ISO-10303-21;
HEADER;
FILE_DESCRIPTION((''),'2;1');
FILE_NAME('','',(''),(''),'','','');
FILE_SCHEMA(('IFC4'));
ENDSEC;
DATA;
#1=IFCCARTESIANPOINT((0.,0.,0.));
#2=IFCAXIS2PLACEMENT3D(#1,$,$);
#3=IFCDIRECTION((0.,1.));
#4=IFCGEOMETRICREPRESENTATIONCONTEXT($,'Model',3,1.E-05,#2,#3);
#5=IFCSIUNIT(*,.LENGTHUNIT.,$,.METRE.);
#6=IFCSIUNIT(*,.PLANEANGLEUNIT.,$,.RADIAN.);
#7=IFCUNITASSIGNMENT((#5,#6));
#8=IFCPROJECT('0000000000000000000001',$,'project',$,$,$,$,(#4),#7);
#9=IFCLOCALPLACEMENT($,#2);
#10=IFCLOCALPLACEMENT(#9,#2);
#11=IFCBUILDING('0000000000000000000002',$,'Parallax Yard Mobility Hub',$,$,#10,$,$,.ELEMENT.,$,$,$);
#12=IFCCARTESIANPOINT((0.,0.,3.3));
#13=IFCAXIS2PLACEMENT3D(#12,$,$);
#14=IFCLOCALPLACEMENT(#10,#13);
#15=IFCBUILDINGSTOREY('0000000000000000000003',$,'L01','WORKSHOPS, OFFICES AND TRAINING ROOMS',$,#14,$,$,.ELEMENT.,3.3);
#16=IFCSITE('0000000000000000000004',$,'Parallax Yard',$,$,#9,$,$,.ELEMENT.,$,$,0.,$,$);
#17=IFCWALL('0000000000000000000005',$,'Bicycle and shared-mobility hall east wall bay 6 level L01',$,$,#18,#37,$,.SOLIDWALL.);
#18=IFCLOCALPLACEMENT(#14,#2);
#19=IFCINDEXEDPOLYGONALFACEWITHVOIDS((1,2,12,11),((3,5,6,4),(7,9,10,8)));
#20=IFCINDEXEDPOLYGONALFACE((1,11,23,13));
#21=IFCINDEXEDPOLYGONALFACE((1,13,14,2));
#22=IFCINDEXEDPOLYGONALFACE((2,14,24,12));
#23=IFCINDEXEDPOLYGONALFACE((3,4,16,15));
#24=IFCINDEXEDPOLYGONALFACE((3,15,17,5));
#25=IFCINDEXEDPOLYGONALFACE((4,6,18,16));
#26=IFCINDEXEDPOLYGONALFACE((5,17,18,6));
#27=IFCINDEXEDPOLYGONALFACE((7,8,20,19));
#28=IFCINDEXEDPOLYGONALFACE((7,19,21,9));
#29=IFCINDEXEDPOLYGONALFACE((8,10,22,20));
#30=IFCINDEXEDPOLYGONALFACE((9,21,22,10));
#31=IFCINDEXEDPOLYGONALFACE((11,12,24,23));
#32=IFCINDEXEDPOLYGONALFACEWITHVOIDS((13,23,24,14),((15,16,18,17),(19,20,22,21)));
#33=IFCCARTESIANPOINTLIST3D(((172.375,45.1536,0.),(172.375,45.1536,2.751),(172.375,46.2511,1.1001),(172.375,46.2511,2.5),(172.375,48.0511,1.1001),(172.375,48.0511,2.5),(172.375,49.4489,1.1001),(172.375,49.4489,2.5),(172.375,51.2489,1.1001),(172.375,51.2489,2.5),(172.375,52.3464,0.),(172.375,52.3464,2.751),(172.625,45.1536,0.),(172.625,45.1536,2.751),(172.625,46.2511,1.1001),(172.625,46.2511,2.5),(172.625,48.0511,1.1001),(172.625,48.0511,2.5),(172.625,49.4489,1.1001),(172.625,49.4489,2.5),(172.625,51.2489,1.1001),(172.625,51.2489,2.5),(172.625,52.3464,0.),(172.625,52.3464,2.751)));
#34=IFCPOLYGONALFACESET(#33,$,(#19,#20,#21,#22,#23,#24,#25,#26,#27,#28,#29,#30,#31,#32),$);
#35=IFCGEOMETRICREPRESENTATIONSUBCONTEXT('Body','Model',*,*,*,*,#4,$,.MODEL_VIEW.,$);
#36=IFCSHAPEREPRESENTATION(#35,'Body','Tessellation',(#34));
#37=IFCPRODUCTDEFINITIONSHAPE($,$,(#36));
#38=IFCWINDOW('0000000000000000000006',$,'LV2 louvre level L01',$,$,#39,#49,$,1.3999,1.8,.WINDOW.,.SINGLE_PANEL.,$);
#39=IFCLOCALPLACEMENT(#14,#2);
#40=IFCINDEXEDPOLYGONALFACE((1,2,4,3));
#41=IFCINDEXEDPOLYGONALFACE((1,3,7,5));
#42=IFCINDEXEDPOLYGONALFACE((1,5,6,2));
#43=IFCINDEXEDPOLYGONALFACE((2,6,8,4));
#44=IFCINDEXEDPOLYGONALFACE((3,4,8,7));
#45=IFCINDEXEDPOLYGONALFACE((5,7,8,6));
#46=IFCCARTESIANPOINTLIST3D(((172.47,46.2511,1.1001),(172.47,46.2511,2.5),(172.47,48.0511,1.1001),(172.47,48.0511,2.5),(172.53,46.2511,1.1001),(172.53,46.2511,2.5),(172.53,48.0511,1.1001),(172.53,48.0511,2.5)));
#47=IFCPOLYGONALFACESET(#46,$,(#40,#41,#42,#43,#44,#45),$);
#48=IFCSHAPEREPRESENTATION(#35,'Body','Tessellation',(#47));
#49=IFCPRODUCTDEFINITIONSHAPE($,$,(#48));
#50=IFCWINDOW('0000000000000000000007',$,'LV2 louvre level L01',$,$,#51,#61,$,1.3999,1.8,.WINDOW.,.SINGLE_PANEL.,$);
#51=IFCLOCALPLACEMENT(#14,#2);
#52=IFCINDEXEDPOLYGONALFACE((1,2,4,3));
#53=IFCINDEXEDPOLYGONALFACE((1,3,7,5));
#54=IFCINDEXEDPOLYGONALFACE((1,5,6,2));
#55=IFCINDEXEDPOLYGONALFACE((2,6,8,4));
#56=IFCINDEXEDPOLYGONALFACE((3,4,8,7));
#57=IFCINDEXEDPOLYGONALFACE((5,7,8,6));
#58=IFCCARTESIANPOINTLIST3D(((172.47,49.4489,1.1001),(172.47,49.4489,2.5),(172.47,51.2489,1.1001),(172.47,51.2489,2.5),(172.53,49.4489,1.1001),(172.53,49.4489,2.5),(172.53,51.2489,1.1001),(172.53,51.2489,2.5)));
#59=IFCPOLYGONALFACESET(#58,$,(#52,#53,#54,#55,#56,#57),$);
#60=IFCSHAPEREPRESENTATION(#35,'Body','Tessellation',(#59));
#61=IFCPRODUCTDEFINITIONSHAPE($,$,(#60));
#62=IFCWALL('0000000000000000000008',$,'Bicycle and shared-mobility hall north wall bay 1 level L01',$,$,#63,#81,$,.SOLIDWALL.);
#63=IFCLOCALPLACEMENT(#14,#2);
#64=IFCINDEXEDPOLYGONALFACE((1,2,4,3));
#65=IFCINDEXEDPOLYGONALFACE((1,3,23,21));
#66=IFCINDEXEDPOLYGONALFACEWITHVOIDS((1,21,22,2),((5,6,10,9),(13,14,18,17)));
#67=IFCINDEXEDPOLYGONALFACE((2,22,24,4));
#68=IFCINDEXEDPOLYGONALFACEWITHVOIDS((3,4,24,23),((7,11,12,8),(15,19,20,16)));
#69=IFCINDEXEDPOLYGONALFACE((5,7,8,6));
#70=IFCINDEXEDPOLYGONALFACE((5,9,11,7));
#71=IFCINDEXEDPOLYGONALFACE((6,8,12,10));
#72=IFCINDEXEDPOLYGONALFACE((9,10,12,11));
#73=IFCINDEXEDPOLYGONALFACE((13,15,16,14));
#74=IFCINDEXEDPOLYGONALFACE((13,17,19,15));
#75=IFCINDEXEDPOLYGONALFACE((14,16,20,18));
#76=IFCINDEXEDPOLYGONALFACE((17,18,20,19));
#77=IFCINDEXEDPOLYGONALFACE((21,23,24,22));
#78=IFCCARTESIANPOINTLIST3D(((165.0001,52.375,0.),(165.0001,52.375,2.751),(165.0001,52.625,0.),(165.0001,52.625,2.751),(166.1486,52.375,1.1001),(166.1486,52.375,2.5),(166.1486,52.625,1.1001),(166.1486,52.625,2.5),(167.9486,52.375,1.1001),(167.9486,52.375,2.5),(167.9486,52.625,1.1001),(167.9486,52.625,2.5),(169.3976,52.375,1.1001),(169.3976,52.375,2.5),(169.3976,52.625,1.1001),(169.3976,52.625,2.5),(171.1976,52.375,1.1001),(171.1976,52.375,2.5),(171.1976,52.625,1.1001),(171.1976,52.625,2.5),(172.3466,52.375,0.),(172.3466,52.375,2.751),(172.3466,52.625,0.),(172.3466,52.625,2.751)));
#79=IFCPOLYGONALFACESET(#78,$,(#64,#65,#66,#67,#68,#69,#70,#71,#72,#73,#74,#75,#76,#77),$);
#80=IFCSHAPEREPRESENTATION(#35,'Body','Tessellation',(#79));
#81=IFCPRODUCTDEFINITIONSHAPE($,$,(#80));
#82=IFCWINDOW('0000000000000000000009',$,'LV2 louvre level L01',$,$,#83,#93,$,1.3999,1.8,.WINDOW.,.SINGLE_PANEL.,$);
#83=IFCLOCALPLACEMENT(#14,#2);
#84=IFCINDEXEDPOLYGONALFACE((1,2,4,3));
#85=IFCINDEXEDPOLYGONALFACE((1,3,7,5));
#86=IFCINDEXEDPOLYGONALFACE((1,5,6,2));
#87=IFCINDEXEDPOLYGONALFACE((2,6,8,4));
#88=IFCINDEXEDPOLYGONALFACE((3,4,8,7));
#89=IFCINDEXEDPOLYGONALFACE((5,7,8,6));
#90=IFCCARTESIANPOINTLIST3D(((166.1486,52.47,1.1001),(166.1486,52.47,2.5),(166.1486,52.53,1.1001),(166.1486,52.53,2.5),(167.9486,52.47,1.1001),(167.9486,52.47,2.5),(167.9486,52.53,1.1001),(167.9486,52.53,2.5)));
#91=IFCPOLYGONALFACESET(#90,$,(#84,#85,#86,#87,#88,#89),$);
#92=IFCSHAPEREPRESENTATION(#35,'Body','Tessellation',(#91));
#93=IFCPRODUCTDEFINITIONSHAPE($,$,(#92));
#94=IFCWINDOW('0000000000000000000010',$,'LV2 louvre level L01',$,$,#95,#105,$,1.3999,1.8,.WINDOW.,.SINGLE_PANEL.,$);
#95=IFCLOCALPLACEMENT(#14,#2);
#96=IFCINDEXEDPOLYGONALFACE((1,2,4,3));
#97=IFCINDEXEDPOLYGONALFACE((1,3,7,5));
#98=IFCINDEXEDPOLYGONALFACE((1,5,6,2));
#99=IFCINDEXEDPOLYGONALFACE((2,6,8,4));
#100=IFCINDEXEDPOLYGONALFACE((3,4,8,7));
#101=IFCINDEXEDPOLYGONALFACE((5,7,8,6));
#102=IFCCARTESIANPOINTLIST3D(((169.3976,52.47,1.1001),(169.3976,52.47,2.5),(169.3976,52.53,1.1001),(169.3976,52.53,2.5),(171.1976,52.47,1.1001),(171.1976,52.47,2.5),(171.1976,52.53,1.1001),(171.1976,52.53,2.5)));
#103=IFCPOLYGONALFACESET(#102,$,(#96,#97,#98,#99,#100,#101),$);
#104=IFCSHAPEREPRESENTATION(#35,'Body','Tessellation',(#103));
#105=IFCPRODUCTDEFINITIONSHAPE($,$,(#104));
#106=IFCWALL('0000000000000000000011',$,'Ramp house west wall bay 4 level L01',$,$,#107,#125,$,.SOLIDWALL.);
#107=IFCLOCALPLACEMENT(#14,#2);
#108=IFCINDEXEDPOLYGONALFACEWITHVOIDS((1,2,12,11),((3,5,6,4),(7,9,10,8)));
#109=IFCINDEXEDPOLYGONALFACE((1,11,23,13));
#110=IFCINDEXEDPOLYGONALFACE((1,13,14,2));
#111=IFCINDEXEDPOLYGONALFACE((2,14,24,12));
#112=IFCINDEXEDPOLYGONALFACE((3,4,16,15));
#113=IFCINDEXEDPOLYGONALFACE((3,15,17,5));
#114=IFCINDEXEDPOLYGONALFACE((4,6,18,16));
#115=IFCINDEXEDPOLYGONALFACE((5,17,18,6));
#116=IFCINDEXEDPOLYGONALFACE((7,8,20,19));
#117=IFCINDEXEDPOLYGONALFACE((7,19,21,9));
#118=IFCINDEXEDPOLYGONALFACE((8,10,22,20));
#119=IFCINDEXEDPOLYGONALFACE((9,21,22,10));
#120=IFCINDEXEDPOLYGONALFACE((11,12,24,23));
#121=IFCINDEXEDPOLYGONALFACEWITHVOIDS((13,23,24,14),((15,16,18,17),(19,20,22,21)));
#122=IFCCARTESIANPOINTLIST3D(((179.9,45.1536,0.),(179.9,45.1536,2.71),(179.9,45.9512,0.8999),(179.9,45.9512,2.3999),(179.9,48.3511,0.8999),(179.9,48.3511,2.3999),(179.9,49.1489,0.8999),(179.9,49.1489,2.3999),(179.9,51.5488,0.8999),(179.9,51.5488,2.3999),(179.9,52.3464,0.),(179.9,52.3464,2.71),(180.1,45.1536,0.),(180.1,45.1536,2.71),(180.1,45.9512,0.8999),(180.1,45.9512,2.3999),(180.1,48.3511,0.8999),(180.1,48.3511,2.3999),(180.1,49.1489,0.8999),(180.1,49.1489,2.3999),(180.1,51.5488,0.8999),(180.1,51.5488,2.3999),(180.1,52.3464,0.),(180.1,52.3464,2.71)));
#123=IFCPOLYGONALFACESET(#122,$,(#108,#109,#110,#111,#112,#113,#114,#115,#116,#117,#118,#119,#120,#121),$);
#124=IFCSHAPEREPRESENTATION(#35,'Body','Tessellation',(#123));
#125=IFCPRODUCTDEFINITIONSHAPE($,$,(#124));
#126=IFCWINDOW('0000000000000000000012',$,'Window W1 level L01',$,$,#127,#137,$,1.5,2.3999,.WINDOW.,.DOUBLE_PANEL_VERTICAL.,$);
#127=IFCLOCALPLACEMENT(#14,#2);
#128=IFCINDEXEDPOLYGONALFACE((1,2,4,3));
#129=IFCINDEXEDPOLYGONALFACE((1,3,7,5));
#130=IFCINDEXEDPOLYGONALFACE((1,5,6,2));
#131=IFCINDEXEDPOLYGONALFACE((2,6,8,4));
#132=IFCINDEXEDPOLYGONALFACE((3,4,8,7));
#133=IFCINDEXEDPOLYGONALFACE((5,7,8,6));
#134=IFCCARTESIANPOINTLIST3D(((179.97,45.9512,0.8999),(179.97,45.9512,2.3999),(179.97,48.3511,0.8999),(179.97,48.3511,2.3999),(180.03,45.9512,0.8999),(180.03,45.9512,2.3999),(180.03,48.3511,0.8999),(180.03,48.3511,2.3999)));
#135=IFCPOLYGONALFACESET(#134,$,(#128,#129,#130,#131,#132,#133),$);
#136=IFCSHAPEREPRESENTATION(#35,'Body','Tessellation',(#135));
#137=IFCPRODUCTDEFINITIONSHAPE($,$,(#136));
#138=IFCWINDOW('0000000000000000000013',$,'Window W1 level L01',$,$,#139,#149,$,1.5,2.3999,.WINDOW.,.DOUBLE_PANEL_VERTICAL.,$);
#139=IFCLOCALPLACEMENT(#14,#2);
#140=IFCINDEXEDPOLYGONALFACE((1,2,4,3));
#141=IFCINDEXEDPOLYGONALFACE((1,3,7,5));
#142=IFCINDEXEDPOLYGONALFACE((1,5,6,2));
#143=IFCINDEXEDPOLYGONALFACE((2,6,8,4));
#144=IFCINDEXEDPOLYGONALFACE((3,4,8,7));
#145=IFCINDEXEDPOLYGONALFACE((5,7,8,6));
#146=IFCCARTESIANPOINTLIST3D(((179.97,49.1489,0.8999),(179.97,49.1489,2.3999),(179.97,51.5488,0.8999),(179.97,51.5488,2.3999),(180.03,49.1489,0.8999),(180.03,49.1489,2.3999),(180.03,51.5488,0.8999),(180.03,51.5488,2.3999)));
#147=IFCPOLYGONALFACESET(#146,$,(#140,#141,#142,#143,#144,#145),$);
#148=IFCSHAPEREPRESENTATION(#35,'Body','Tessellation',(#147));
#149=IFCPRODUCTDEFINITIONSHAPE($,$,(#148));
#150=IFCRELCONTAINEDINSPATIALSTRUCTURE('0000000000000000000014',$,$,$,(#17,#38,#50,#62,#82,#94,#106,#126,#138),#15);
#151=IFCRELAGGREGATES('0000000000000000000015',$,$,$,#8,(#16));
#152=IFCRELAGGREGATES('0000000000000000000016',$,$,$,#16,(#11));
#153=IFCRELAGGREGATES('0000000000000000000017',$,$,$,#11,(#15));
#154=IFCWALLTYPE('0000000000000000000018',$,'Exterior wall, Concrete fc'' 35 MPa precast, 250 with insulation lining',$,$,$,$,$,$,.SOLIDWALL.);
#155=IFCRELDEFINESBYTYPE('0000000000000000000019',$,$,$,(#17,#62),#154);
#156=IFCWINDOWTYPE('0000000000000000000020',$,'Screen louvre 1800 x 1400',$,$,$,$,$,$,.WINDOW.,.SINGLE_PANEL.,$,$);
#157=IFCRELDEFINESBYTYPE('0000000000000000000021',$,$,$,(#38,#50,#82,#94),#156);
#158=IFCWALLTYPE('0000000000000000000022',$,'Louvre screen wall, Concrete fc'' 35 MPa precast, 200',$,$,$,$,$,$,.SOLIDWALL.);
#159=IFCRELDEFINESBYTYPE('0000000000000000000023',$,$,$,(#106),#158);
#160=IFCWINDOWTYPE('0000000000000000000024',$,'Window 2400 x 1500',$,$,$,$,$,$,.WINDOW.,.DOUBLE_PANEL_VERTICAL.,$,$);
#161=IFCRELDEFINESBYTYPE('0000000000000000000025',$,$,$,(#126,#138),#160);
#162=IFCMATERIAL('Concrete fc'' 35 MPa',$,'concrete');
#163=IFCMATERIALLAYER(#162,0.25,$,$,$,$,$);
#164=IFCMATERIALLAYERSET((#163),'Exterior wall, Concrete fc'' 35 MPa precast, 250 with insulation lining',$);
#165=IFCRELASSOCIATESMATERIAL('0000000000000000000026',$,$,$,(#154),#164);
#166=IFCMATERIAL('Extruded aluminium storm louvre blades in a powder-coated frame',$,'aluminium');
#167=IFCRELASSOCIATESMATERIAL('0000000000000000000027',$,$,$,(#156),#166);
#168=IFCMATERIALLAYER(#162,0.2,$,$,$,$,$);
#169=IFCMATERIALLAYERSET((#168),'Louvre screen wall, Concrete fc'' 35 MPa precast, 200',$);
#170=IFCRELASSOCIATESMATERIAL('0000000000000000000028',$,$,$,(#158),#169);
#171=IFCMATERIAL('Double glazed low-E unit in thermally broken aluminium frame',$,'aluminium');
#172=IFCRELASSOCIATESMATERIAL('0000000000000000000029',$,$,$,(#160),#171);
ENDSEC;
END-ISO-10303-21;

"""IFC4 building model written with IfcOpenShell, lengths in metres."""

from ifc_helpers import new_model, si_unit, direction, frame, frame_2d, origin, place, context, subcontext, project, spatial, rectangle, extrude, material, layer, layer_set, type_object, element, fill, save


model = new_model("IFC4")

# Units and contexts
model_context = context("Model", 3, precision=1e-05, world=origin(), true_north=direction((0.0, 1.0)))
body_context = subcontext(model_context, "Body", "Model", "MODEL_VIEW")
ifc_project = project(units=[si_unit("LENGTHUNIT", "METRE"), si_unit("PLANEANGLEUNIT", "RADIAN")], contexts=[model_context])

# Site, building, storey
site_placement = place(None, origin())
site = spatial("IfcSite", under=ifc_project, at=site_placement, Name="Parallax Yard", CompositionType="ELEMENT", RefElevation=0.0)
building_placement = place(site_placement, origin())
building = spatial("IfcBuilding", under=site, at=building_placement, Name="Parallax Yard Mobility Hub", CompositionType="ELEMENT")
storey_placement = place(building_placement, frame((0.0, 0.0, 3.3)))
storey = spatial("IfcBuildingStorey", under=building, at=storey_placement, Name="L01", Description="WORKSHOPS, OFFICES AND TRAINING ROOMS", CompositionType="ELEMENT", Elevation=3.3)

# Shared definitions
ifc_material_1 = material(Name="Concrete fc' 35 MPa", Category="concrete")

# Walls, openings, windows
ifc_layer_1 = layer(ifc_material_1, 0.25)
ifc_layer_set_1 = layer_set([ifc_layer_1], Name="Exterior wall, Concrete fc' 35 MPa precast, 250 with insulation lining")
wall_type_1 = type_object("IfcWallType", Name="Exterior wall, Concrete fc' 35 MPa precast, 250 with insulation lining", PredefinedType="SOLIDWALL", material=ifc_layer_set_1)
wall_1_placement = place(storey_placement, frame((172.5, 45.1536, 0.0), z_axis=(0.0, 0.0, 1.0), x_axis=(0.0, 1.0, 0.0)))
wall_1 = element("IfcWall", 1, at=wall_1_placement, inside=storey, type_object=wall_type_1, Name="Bicycle and shared-mobility hall east wall bay 6 level L01", PredefinedType="SOLIDWALL", context=body_context, shape_type="SweptSolid", body=[
    extrude(rectangle(XDim=7.1929, YDim=0.25, at=frame_2d((3.5964, 0.0))), origin(), (0.0, 0.0, 1.0), 2.751),
])
opening_1_placement = place(wall_1_placement, frame((1.0977, 0.0, 1.1001)))
opening_1 = element("IfcOpeningElement", 2, at=opening_1_placement, cuts=wall_1, PredefinedType="OPENING", context=body_context, shape_type="SweptSolid", body=[
    extrude(rectangle(XDim=1.8, YDim=1.3999, at=frame_2d((0.8999, 0.7))), frame((0.0, 0.135, 0.0), z_axis=(0.0, -1.0, 0.0), x_axis=(1.0, 0.0, 0.0)), (0.0, 0.0, 1.0), 0.27),
])
opening_2_placement = place(wall_1_placement, frame((4.2954, 0.0, 1.1001)))
opening_2 = element("IfcOpeningElement", 3, at=opening_2_placement, cuts=wall_1, PredefinedType="OPENING", context=body_context, shape_type="SweptSolid", body=[
    extrude(rectangle(XDim=1.8, YDim=1.3999, at=frame_2d((0.8999, 0.7))), frame((0.0, 0.135, 0.0), z_axis=(0.0, -1.0, 0.0), x_axis=(1.0, 0.0, 0.0)), (0.0, 0.0, 1.0), 0.27),
])
ifc_material_2 = material(Name="Extruded aluminium storm louvre blades in a powder-coated frame", Category="aluminium")
window_type_1 = type_object("IfcWindowType", Name="Screen louvre 1800 x 1400", PartitioningType="SINGLE_PANEL", PredefinedType="WINDOW", material=ifc_material_2)
window_1_placement = place(opening_1_placement, origin())
window_1 = element("IfcWindow", 4, at=window_1_placement, inside=storey, type_object=window_type_1, Name="LV2 louvre level L01", OverallHeight=1.3999, OverallWidth=1.8, PartitioningType="SINGLE_PANEL", PredefinedType="WINDOW", context=body_context, shape_type="SweptSolid", body=[
    extrude(rectangle(XDim=1.8, YDim=1.3999, at=frame_2d((0.8999, 0.7))), frame((0.0, 0.03, 0.0), z_axis=(0.0, -1.0, 0.0), x_axis=(1.0, 0.0, 0.0)), (0.0, 0.0, 1.0), 0.0601),
])
fill(opening_1, window_1)
window_2_placement = place(opening_2_placement, origin())
window_2 = element("IfcWindow", 5, at=window_2_placement, inside=storey, type_object=window_type_1, Name="LV2 louvre level L01", OverallHeight=1.3999, OverallWidth=1.8, PartitioningType="SINGLE_PANEL", PredefinedType="WINDOW", context=body_context, shape_type="SweptSolid", body=[
    extrude(rectangle(XDim=1.8, YDim=1.3999, at=frame_2d((0.8999, 0.7))), frame((0.0, 0.03, 0.0), z_axis=(0.0, -1.0, 0.0), x_axis=(1.0, 0.0, 0.0)), (0.0, 0.0, 1.0), 0.0601),
])
fill(opening_2, window_2)
wall_2_placement = place(storey_placement, frame((165.0, 52.5, 0.0), z_axis=(0.0, 0.0, 1.0), x_axis=(1.0, 0.0, 0.0)))
wall_2 = element("IfcWall", 6, at=wall_2_placement, inside=storey, type_object=wall_type_1, Name="Bicycle and shared-mobility hall north wall bay 1 level L01", PredefinedType="SOLIDWALL", context=body_context, shape_type="SweptSolid", body=[
    extrude(rectangle(XDim=7.3464, YDim=0.25, at=frame_2d((3.6733, 0.0))), origin(), (0.0, 0.0, 1.0), 2.751),
])
opening_3_placement = place(wall_2_placement, frame((1.1487, 0.0, 1.1001)))
opening_3 = element("IfcOpeningElement", 7, at=opening_3_placement, cuts=wall_2, PredefinedType="OPENING", context=body_context, shape_type="SweptSolid", body=[
    extrude(rectangle(XDim=1.8, YDim=1.3999, at=frame_2d((0.8999, 0.7))), frame((0.0, 0.135, 0.0), z_axis=(0.0, -1.0, 0.0), x_axis=(1.0, 0.0, 0.0)), (0.0, 0.0, 1.0), 0.27),
])
opening_4_placement = place(wall_2_placement, frame((4.3977, 0.0, 1.1001)))
opening_4 = element("IfcOpeningElement", 8, at=opening_4_placement, cuts=wall_2, PredefinedType="OPENING", context=body_context, shape_type="SweptSolid", body=[
    extrude(rectangle(XDim=1.8, YDim=1.3999, at=frame_2d((0.8999, 0.7))), frame((0.0, 0.135, 0.0), z_axis=(0.0, -1.0, 0.0), x_axis=(1.0, 0.0, 0.0)), (0.0, 0.0, 1.0), 0.27),
])
window_3_placement = place(opening_3_placement, origin())
window_3 = element("IfcWindow", 9, at=window_3_placement, inside=storey, type_object=window_type_1, Name="LV2 louvre level L01", OverallHeight=1.3999, OverallWidth=1.8, PartitioningType="SINGLE_PANEL", PredefinedType="WINDOW", context=body_context, shape_type="SweptSolid", body=[
    extrude(rectangle(XDim=1.8, YDim=1.3999, at=frame_2d((0.8999, 0.7))), frame((0.0, 0.03, 0.0), z_axis=(0.0, -1.0, 0.0), x_axis=(1.0, 0.0, 0.0)), (0.0, 0.0, 1.0), 0.0601),
])
fill(opening_3, window_3)
window_4_placement = place(opening_4_placement, origin())
window_4 = element("IfcWindow", 10, at=window_4_placement, inside=storey, type_object=window_type_1, Name="LV2 louvre level L01", OverallHeight=1.3999, OverallWidth=1.8, PartitioningType="SINGLE_PANEL", PredefinedType="WINDOW", context=body_context, shape_type="SweptSolid", body=[
    extrude(rectangle(XDim=1.8, YDim=1.3999, at=frame_2d((0.8999, 0.7))), frame((0.0, 0.03, 0.0), z_axis=(0.0, -1.0, 0.0), x_axis=(1.0, 0.0, 0.0)), (0.0, 0.0, 1.0), 0.0601),
])
fill(opening_4, window_4)
ifc_layer_2 = layer(ifc_material_1, 0.2)
ifc_layer_set_2 = layer_set([ifc_layer_2], Name="Louvre screen wall, Concrete fc' 35 MPa precast, 200")
wall_type_2 = type_object("IfcWallType", Name="Louvre screen wall, Concrete fc' 35 MPa precast, 200", PredefinedType="SOLIDWALL", material=ifc_layer_set_2)
wall_3_placement = place(storey_placement, frame((180.0, 45.1536, 0.0), z_axis=(0.0, 0.0, 1.0), x_axis=(0.0, 1.0, 0.0)))
wall_3 = element("IfcWall", 11, at=wall_3_placement, inside=storey, type_object=wall_type_2, Name="Ramp house west wall bay 4 level L01", PredefinedType="SOLIDWALL", context=body_context, shape_type="SweptSolid", body=[
    extrude(rectangle(XDim=7.1929, YDim=0.2, at=frame_2d((3.5964, 0.0))), origin(), (0.0, 0.0, 1.0), 2.71),
])
opening_5_placement = place(wall_3_placement, frame((0.7976, 0.0, 0.8999)))
opening_5 = element("IfcOpeningElement", 12, at=opening_5_placement, cuts=wall_3, PredefinedType="OPENING", context=body_context, shape_type="SweptSolid", body=[
    extrude(rectangle(XDim=2.3999, YDim=1.5, at=frame_2d((1.2, 0.75))), frame((0.0, 0.1099, 0.0), z_axis=(0.0, -1.0, 0.0), x_axis=(1.0, 0.0, 0.0)), (0.0, 0.0, 1.0), 0.22),
])
opening_6_placement = place(wall_3_placement, frame((3.9954, 0.0, 0.8999)))
opening_6 = element("IfcOpeningElement", 13, at=opening_6_placement, cuts=wall_3, PredefinedType="OPENING", context=body_context, shape_type="SweptSolid", body=[
    extrude(rectangle(XDim=2.3999, YDim=1.5, at=frame_2d((1.2, 0.75))), frame((0.0, 0.1099, 0.0), z_axis=(0.0, -1.0, 0.0), x_axis=(1.0, 0.0, 0.0)), (0.0, 0.0, 1.0), 0.22),
])
ifc_material_3 = material(Name="Double glazed low-E unit in thermally broken aluminium frame", Category="aluminium")
window_type_2 = type_object("IfcWindowType", Name="Window 2400 x 1500", PartitioningType="DOUBLE_PANEL_VERTICAL", PredefinedType="WINDOW", material=ifc_material_3)
window_5_placement = place(opening_5_placement, origin())
window_5 = element("IfcWindow", 14, at=window_5_placement, inside=storey, type_object=window_type_2, Name="Window W1 level L01", OverallHeight=1.5, OverallWidth=2.3999, PartitioningType="DOUBLE_PANEL_VERTICAL", PredefinedType="WINDOW", context=body_context, shape_type="SweptSolid", body=[
    extrude(rectangle(XDim=2.3999, YDim=1.5, at=frame_2d((1.2, 0.75))), frame((0.0, 0.03, 0.0), z_axis=(0.0, -1.0, 0.0), x_axis=(1.0, 0.0, 0.0)), (0.0, 0.0, 1.0), 0.0601),
])
fill(opening_5, window_5)
window_6_placement = place(opening_6_placement, origin())
window_6 = element("IfcWindow", 15, at=window_6_placement, inside=storey, type_object=window_type_2, Name="Window W1 level L01", OverallHeight=1.5, OverallWidth=2.3999, PartitioningType="DOUBLE_PANEL_VERTICAL", PredefinedType="WINDOW", context=body_context, shape_type="SweptSolid", body=[
    extrude(rectangle(XDim=2.3999, YDim=1.5, at=frame_2d((1.2, 0.75))), frame((0.0, 0.03, 0.0), z_axis=(0.0, -1.0, 0.0), x_axis=(1.0, 0.0, 0.0)), (0.0, 0.0, 1.0), 0.0601),
])
fill(opening_6, window_6)

save(model, "model.ifc")
